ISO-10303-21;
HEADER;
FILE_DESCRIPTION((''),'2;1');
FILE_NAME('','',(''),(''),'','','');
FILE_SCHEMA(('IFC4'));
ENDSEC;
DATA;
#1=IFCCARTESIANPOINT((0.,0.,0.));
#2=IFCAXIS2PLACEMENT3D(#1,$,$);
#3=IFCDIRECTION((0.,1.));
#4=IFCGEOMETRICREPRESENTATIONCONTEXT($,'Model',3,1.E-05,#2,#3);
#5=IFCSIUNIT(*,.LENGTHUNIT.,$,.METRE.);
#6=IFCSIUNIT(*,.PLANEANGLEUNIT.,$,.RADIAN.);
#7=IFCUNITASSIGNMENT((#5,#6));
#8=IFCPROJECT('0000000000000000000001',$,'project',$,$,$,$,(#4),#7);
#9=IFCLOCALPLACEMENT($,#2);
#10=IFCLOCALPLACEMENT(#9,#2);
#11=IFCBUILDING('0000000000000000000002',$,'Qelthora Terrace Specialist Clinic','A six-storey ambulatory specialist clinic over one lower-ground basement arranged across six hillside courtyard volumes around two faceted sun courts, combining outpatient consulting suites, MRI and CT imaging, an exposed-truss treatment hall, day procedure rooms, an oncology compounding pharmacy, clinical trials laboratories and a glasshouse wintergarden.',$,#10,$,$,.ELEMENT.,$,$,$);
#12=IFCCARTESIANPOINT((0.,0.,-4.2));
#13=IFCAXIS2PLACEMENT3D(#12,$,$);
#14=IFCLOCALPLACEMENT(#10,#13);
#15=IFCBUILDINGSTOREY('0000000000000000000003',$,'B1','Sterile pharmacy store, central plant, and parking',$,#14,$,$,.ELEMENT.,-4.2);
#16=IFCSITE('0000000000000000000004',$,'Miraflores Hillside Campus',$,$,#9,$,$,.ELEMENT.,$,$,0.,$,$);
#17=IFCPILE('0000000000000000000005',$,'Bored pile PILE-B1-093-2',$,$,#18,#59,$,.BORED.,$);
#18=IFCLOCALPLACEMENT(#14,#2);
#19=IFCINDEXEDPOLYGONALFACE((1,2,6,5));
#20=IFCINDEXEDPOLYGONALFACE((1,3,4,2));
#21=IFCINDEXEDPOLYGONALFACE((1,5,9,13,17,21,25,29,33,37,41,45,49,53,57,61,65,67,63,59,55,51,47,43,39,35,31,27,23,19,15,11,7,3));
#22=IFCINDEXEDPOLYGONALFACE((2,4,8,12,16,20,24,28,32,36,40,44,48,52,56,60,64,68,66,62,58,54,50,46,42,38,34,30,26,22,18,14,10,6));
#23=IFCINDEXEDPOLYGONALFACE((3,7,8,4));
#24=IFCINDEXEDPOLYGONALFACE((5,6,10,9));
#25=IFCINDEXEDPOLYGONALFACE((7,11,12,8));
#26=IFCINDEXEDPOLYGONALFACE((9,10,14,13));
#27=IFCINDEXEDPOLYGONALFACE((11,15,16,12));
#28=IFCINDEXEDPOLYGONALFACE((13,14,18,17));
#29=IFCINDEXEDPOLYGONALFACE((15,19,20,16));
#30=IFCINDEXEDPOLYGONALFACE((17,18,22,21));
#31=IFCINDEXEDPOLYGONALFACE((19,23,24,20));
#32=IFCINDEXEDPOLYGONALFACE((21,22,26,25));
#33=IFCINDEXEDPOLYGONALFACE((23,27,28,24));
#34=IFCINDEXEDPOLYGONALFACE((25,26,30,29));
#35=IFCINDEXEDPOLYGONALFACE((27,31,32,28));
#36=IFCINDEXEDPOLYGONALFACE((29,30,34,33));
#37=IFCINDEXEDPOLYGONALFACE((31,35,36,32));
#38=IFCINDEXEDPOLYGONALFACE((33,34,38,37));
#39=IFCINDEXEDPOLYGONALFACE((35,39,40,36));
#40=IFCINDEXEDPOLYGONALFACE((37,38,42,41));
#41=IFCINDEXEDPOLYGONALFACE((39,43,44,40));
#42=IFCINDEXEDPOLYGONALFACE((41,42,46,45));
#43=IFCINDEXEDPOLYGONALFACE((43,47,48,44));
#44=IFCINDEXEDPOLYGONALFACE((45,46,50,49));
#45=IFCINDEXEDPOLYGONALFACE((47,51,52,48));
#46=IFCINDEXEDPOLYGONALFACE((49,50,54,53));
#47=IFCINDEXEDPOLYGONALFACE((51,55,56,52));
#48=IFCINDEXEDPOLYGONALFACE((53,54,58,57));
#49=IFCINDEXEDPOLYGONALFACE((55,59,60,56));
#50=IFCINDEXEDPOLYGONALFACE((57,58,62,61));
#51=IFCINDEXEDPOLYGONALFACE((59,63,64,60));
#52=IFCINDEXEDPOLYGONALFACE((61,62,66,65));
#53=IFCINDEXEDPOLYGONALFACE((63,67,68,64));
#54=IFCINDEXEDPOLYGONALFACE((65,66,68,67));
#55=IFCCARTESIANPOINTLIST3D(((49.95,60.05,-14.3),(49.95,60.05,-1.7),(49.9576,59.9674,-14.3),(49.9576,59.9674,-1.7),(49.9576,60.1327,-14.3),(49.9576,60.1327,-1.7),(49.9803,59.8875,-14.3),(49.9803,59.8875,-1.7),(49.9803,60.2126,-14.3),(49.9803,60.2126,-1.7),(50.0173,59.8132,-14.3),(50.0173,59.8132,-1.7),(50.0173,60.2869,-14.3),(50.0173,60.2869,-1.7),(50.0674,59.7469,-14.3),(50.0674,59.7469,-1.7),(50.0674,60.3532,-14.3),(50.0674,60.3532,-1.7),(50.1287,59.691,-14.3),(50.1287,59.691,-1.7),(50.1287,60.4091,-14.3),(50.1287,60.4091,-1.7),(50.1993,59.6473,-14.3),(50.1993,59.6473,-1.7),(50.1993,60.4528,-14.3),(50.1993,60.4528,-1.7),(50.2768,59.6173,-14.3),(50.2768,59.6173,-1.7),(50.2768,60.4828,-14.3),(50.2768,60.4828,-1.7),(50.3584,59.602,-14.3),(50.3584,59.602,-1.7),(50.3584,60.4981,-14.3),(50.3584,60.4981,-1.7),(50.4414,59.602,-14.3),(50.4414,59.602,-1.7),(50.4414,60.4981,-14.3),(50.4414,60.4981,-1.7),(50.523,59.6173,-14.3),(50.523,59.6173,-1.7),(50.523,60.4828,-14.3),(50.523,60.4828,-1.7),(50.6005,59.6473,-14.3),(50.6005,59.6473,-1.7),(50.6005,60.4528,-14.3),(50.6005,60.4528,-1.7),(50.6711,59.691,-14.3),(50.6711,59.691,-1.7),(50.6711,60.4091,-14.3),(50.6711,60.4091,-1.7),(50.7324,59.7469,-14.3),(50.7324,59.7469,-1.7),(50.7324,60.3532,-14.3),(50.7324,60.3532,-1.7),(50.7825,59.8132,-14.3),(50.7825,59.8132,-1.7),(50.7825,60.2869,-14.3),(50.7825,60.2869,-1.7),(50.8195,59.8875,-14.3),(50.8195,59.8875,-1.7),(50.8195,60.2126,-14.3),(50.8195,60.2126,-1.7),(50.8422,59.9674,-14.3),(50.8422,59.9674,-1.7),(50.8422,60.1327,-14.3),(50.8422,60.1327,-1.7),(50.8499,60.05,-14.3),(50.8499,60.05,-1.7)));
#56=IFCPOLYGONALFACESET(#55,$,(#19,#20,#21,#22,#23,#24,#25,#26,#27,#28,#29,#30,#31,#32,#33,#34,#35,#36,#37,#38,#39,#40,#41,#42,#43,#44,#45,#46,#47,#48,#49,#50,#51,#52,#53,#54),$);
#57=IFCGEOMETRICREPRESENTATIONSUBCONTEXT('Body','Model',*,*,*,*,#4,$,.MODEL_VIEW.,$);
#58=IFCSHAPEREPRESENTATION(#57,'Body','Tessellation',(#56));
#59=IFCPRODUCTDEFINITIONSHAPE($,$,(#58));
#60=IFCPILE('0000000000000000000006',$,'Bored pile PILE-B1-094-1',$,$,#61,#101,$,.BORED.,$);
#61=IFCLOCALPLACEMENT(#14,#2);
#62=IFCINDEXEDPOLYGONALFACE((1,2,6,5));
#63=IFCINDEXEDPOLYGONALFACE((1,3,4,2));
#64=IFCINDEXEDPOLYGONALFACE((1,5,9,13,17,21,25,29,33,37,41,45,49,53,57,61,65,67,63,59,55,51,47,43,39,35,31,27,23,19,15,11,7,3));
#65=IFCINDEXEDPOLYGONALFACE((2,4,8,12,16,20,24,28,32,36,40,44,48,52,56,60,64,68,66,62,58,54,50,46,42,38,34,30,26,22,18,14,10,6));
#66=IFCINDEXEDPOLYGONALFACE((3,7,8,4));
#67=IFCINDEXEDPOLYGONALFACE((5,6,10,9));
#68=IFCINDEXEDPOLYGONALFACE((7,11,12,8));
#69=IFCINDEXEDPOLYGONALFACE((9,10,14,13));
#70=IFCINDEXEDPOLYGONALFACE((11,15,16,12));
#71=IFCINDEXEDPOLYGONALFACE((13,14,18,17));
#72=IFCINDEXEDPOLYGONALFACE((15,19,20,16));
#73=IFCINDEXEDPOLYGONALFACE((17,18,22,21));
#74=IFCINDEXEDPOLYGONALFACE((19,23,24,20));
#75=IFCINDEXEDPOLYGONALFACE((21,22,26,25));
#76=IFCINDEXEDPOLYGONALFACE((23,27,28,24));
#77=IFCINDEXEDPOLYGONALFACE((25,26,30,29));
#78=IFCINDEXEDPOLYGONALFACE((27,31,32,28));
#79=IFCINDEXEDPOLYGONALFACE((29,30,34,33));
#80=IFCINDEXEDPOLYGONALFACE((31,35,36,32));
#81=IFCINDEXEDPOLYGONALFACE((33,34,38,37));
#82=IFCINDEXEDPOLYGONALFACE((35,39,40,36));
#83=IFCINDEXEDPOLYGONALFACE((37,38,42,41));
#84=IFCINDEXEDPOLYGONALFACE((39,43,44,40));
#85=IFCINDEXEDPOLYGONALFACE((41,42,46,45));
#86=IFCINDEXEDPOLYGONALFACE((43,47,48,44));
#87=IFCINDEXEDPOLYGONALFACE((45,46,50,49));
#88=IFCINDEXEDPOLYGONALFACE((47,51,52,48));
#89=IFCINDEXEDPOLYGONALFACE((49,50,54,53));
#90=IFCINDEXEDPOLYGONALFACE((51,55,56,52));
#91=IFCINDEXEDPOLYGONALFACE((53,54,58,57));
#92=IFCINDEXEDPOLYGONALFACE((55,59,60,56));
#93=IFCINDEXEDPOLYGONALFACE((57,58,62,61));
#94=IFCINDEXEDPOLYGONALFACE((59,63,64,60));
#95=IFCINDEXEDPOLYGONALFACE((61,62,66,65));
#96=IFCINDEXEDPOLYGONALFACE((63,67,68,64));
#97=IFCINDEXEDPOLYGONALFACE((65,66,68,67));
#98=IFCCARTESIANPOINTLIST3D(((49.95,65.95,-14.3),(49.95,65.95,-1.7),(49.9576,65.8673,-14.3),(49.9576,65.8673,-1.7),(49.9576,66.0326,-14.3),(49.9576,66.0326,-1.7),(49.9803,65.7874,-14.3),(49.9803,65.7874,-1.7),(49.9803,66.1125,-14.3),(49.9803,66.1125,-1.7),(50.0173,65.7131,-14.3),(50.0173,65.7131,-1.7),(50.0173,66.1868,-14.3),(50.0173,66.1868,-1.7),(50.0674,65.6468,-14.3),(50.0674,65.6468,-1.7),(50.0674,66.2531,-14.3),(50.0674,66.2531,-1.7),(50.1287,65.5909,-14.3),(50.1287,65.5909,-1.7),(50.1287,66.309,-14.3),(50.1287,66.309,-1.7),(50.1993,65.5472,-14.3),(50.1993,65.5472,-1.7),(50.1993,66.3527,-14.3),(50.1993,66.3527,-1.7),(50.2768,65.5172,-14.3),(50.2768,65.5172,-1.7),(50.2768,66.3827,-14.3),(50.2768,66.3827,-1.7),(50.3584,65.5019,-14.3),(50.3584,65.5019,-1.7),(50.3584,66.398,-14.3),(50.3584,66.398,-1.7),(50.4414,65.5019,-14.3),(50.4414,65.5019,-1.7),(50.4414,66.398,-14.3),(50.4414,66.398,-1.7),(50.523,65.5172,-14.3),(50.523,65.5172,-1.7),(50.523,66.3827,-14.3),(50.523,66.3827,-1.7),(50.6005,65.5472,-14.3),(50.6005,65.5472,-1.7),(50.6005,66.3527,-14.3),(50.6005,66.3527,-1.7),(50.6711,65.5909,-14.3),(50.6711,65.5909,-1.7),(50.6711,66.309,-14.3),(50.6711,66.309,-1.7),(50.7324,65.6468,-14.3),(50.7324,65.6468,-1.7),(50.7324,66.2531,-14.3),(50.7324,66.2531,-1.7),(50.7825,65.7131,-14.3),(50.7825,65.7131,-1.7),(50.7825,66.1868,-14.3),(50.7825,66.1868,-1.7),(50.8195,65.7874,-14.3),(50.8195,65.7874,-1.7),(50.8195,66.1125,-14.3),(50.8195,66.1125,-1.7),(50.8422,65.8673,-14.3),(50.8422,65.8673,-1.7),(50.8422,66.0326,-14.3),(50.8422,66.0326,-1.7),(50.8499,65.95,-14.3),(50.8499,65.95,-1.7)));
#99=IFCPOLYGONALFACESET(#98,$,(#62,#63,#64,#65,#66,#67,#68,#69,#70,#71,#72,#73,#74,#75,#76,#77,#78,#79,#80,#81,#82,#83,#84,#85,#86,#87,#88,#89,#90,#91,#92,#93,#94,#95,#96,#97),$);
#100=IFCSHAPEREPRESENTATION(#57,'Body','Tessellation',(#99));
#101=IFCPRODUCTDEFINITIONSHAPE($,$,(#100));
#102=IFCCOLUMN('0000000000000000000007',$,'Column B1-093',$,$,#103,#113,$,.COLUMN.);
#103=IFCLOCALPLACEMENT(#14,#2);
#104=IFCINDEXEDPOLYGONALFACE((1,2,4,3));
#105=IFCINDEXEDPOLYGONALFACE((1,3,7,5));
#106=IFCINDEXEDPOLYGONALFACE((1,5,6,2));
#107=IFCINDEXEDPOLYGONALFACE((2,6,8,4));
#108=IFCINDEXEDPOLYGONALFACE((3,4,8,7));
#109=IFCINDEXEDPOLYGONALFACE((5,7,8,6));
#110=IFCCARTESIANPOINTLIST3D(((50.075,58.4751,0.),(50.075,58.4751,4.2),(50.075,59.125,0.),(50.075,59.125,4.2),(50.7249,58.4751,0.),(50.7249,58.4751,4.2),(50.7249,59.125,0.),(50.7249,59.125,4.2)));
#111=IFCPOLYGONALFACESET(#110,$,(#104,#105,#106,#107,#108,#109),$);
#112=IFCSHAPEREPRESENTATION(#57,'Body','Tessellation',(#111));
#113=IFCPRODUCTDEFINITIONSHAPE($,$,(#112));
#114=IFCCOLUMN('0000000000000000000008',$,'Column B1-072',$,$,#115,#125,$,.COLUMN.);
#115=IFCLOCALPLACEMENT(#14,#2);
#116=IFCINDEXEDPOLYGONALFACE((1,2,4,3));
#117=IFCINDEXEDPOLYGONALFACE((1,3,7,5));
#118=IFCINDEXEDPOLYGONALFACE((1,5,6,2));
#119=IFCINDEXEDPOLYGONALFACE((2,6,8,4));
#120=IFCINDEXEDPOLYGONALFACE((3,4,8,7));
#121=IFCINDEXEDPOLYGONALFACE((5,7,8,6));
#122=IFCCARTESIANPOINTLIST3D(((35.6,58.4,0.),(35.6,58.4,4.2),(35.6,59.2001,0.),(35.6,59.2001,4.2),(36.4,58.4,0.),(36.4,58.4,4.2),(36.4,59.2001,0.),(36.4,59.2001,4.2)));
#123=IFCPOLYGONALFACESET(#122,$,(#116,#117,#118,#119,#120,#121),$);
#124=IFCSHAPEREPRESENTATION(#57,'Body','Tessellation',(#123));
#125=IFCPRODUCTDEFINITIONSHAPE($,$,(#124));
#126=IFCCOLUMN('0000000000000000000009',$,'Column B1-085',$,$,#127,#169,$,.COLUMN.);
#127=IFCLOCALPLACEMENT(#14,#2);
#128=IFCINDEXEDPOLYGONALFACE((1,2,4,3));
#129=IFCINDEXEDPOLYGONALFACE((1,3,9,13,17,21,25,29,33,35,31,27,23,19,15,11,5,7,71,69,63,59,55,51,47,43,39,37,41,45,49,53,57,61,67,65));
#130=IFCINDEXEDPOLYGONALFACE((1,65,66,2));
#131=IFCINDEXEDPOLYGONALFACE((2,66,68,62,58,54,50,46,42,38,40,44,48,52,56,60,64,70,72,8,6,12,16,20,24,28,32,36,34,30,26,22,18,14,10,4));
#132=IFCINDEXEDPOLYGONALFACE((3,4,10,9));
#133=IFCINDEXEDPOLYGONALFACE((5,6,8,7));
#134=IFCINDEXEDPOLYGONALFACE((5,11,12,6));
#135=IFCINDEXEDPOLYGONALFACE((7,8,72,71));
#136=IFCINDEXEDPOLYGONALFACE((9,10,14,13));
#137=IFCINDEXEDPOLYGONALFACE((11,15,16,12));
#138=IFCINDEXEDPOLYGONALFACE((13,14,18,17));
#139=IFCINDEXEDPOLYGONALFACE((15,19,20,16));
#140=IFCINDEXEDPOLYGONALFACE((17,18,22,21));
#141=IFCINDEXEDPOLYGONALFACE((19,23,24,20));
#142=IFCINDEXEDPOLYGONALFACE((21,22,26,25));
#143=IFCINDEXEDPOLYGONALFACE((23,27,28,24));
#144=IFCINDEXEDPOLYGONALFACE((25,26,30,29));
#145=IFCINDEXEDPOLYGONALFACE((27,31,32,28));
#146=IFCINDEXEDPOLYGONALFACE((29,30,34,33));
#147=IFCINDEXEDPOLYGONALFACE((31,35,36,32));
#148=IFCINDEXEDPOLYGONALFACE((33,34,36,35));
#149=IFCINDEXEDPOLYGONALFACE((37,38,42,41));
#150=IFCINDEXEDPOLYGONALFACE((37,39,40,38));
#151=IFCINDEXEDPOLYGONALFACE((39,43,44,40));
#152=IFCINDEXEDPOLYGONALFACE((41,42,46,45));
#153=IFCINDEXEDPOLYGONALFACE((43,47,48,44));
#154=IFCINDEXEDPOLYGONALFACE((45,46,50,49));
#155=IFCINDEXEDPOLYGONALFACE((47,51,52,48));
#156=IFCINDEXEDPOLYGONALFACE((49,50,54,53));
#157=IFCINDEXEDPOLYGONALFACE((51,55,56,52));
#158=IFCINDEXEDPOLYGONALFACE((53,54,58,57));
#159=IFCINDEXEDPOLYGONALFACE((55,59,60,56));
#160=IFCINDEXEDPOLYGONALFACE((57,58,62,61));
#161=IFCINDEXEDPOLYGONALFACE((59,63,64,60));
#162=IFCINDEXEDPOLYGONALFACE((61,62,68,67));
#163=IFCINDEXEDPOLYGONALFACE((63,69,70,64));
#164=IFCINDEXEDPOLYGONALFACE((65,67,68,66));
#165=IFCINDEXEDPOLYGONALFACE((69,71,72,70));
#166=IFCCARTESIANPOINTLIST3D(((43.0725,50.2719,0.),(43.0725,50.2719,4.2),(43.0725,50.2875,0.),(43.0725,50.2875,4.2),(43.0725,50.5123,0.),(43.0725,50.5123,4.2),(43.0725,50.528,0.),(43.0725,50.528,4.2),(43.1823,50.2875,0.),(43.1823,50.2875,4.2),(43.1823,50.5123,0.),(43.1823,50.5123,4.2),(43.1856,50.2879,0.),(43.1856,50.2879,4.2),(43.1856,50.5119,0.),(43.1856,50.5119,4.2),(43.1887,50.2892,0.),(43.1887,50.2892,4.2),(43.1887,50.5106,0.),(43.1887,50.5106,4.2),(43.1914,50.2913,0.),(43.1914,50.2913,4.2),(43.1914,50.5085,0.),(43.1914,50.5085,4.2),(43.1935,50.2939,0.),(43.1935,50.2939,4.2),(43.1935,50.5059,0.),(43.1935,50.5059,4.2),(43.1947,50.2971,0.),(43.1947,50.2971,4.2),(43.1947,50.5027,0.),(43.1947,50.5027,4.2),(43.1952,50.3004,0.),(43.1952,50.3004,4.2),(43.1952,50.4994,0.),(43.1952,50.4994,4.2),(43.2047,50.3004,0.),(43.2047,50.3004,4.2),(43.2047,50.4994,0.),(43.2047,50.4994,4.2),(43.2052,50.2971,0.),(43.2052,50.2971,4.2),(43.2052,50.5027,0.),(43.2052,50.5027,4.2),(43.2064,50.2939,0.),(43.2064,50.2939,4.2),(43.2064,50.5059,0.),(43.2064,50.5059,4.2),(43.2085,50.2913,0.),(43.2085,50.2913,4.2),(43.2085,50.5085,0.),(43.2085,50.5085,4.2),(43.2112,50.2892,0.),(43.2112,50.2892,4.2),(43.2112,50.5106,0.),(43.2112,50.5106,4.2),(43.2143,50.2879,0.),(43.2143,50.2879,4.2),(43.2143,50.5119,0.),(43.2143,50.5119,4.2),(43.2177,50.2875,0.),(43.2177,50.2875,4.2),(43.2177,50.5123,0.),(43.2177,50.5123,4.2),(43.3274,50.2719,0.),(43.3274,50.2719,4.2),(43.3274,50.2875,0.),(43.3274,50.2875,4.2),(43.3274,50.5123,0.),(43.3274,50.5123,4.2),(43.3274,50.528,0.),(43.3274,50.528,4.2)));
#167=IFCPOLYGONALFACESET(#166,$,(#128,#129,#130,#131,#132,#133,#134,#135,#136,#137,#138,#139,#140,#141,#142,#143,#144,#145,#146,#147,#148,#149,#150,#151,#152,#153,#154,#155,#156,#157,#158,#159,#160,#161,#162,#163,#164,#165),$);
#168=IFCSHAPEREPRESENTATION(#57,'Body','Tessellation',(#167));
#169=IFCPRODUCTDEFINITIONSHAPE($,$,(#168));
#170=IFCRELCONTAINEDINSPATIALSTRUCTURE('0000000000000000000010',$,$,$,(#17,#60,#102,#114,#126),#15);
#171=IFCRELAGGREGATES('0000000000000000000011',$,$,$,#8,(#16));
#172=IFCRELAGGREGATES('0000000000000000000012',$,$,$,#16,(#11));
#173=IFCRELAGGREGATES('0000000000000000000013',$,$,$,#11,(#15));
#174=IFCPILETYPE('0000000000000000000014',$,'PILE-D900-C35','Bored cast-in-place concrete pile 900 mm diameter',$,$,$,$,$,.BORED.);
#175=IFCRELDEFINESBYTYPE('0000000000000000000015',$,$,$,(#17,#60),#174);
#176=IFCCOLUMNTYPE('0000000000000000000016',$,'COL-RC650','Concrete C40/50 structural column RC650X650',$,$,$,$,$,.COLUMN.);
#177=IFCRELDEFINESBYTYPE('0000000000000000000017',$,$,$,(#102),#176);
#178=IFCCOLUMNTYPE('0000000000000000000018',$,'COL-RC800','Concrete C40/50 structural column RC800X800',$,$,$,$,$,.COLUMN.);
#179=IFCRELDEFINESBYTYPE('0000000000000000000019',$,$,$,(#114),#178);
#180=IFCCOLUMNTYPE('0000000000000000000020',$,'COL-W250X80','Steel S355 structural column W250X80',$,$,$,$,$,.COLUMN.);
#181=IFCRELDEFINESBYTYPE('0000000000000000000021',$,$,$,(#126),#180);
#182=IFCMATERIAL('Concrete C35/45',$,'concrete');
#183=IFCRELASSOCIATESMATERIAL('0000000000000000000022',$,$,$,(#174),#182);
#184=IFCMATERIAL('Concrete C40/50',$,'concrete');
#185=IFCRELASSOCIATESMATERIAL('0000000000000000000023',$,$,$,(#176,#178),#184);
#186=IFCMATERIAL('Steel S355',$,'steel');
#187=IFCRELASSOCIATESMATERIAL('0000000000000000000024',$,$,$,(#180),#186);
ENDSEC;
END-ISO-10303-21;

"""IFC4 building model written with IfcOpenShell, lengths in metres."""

from ifc_helpers import new_model, si_unit, direction, frame, origin, origin_2d, place, context, subcontext, project, spatial, rectangle, circle, i_section, extrude, material, material_profile, profile_set, type_object, element, save


model = new_model("IFC4")

# Units and contexts
model_context = context("Model", 3, precision=1e-05, world=origin(), true_north=direction((0.0, 1.0)))
body_context = subcontext(model_context, "Body", "Model", "MODEL_VIEW")
ifc_project = project(units=[si_unit("LENGTHUNIT", "METRE"), si_unit("PLANEANGLEUNIT", "RADIAN")], contexts=[model_context])

# Site, building, storey
site_placement = place(None, origin())
site = spatial("IfcSite", under=ifc_project, at=site_placement, Name="Miraflores Hillside Campus", CompositionType="ELEMENT", RefElevation=0.0)
building_placement = place(site_placement, origin())
building = spatial("IfcBuilding", under=site, at=building_placement, Name="Qelthora Terrace Specialist Clinic", Description="A six-storey ambulatory specialist clinic over one lower-ground basement arranged across six hillside courtyard volumes around two faceted sun courts, combining outpatient consulting suites, MRI and CT imaging, an exposed-truss treatment hall, day procedure rooms, an oncology compounding pharmacy, clinical trials laboratories and a glasshouse wintergarden.", CompositionType="ELEMENT")
storey_placement = place(building_placement, frame((0.0, 0.0, -4.2)))
storey = spatial("IfcBuildingStorey", under=building, at=storey_placement, Name="B1", Description="Sterile pharmacy store, central plant, and parking", CompositionType="ELEMENT", Elevation=-4.2)

# Shared definitions
ifc_material_1 = material(Name="Concrete C35/45", Category="concrete")

# Piles
ifc_material_profile_1 = material_profile(ifc_material_1, circle(Radius=0.45, at=origin_2d()), Name="PILE900")
ifc_profile_set_1 = profile_set([ifc_material_profile_1], Name="Concrete C35/45")
pile_type_1 = type_object("IfcPileType", Name="PILE-D900-C35", Description="Bored cast-in-place concrete pile 900 mm diameter", PredefinedType="BORED", material=ifc_profile_set_1)
for number, where, z_axis, x_axis, name in (
    (1, (50.3999, 60.05, -1.7), (0.0, 0.0, -1.0), (1.0, 0.0, 0.0), "Bored pile PILE-B1-093-2"),
    (2, (50.3999, 65.95, -1.7), (0.0, 0.0, -1.0), (1.0, 0.0, 0.0), "Bored pile PILE-B1-094-1"),
):
    element("IfcPile", number, at=place(storey_placement, frame(where, z_axis=z_axis, x_axis=x_axis)), inside=storey, type_object=pile_type_1, Name=name, PredefinedType="BORED", context=body_context, shape_type="SweptSolid", body=[
        extrude(circle(Radius=0.45, at=origin_2d()), origin(), (0.0, 0.0, 1.0), 12.6001),
    ])

# Columns
ifc_material_2 = material(Name="Concrete C40/50", Category="concrete")
ifc_material_profile_2 = material_profile(ifc_material_2, rectangle(XDim=0.6499, YDim=0.6499, at=origin_2d()), Name="RC650X650")
ifc_profile_set_2 = profile_set([ifc_material_profile_2], Name="Concrete C40/50")
column_type_1 = type_object("IfcColumnType", Name="COL-RC650", Description="Concrete C40/50 structural column RC650X650", PredefinedType="COLUMN", material=ifc_profile_set_2)
column_1_placement = place(storey_placement, frame((50.3999, 58.8, 0.0), z_axis=(0.0, 0.0, 1.0), x_axis=(1.0, 0.0, 0.0)))
element("IfcColumn", 3, at=column_1_placement, inside=storey, type_object=column_type_1, Name="Column B1-093", PredefinedType="COLUMN", context=body_context, shape_type="SweptSolid", body=[
    extrude(rectangle(XDim=0.6499, YDim=0.6499, at=origin_2d()), origin(), (0.0, 0.0, 1.0), 4.2),
])
ifc_material_profile_3 = material_profile(ifc_material_2, rectangle(XDim=0.8, YDim=0.8, at=origin_2d()), Name="RC800X800")
ifc_profile_set_3 = profile_set([ifc_material_profile_3], Name="Concrete C40/50")
column_type_2 = type_object("IfcColumnType", Name="COL-RC800", Description="Concrete C40/50 structural column RC800X800", PredefinedType="COLUMN", material=ifc_profile_set_3)
column_2_placement = place(storey_placement, frame((36.0, 58.8, 0.0), z_axis=(0.0, 0.0, 1.0), x_axis=(1.0, 0.0, 0.0)))
element("IfcColumn", 4, at=column_2_placement, inside=storey, type_object=column_type_2, Name="Column B1-072", PredefinedType="COLUMN", context=body_context, shape_type="SweptSolid", body=[
    extrude(rectangle(XDim=0.8, YDim=0.8, at=origin_2d()), origin(), (0.0, 0.0, 1.0), 4.2),
])
ifc_material_3 = material(Name="Steel S355", Category="steel")
ifc_material_profile_4 = material_profile(ifc_material_3, i_section(OverallWidth=0.2549, OverallDepth=0.2561, WebThickness=0.0095, FlangeThickness=0.0156, FilletRadius=0.0129, at=origin_2d()), Name="W250X80")
ifc_profile_set_4 = profile_set([ifc_material_profile_4], Name="Steel S355")
column_type_3 = type_object("IfcColumnType", Name="COL-W250X80", Description="Steel S355 structural column W250X80", PredefinedType="COLUMN", material=ifc_profile_set_4)
column_3_placement = place(storey_placement, frame((43.2, 50.3999, 0.0), z_axis=(0.0, 0.0, 1.0), x_axis=(1.0, 0.0, 0.0)))
element("IfcColumn", 5, at=column_3_placement, inside=storey, type_object=column_type_3, Name="Column B1-085", PredefinedType="COLUMN", context=body_context, shape_type="SweptSolid", body=[
    extrude(i_section(OverallWidth=0.2549, OverallDepth=0.2561, WebThickness=0.0095, FlangeThickness=0.0156, FilletRadius=0.0129, at=origin_2d()), origin(), (0.0, 0.0, 1.0), 4.2),
])

save(model, "model.ifc")
